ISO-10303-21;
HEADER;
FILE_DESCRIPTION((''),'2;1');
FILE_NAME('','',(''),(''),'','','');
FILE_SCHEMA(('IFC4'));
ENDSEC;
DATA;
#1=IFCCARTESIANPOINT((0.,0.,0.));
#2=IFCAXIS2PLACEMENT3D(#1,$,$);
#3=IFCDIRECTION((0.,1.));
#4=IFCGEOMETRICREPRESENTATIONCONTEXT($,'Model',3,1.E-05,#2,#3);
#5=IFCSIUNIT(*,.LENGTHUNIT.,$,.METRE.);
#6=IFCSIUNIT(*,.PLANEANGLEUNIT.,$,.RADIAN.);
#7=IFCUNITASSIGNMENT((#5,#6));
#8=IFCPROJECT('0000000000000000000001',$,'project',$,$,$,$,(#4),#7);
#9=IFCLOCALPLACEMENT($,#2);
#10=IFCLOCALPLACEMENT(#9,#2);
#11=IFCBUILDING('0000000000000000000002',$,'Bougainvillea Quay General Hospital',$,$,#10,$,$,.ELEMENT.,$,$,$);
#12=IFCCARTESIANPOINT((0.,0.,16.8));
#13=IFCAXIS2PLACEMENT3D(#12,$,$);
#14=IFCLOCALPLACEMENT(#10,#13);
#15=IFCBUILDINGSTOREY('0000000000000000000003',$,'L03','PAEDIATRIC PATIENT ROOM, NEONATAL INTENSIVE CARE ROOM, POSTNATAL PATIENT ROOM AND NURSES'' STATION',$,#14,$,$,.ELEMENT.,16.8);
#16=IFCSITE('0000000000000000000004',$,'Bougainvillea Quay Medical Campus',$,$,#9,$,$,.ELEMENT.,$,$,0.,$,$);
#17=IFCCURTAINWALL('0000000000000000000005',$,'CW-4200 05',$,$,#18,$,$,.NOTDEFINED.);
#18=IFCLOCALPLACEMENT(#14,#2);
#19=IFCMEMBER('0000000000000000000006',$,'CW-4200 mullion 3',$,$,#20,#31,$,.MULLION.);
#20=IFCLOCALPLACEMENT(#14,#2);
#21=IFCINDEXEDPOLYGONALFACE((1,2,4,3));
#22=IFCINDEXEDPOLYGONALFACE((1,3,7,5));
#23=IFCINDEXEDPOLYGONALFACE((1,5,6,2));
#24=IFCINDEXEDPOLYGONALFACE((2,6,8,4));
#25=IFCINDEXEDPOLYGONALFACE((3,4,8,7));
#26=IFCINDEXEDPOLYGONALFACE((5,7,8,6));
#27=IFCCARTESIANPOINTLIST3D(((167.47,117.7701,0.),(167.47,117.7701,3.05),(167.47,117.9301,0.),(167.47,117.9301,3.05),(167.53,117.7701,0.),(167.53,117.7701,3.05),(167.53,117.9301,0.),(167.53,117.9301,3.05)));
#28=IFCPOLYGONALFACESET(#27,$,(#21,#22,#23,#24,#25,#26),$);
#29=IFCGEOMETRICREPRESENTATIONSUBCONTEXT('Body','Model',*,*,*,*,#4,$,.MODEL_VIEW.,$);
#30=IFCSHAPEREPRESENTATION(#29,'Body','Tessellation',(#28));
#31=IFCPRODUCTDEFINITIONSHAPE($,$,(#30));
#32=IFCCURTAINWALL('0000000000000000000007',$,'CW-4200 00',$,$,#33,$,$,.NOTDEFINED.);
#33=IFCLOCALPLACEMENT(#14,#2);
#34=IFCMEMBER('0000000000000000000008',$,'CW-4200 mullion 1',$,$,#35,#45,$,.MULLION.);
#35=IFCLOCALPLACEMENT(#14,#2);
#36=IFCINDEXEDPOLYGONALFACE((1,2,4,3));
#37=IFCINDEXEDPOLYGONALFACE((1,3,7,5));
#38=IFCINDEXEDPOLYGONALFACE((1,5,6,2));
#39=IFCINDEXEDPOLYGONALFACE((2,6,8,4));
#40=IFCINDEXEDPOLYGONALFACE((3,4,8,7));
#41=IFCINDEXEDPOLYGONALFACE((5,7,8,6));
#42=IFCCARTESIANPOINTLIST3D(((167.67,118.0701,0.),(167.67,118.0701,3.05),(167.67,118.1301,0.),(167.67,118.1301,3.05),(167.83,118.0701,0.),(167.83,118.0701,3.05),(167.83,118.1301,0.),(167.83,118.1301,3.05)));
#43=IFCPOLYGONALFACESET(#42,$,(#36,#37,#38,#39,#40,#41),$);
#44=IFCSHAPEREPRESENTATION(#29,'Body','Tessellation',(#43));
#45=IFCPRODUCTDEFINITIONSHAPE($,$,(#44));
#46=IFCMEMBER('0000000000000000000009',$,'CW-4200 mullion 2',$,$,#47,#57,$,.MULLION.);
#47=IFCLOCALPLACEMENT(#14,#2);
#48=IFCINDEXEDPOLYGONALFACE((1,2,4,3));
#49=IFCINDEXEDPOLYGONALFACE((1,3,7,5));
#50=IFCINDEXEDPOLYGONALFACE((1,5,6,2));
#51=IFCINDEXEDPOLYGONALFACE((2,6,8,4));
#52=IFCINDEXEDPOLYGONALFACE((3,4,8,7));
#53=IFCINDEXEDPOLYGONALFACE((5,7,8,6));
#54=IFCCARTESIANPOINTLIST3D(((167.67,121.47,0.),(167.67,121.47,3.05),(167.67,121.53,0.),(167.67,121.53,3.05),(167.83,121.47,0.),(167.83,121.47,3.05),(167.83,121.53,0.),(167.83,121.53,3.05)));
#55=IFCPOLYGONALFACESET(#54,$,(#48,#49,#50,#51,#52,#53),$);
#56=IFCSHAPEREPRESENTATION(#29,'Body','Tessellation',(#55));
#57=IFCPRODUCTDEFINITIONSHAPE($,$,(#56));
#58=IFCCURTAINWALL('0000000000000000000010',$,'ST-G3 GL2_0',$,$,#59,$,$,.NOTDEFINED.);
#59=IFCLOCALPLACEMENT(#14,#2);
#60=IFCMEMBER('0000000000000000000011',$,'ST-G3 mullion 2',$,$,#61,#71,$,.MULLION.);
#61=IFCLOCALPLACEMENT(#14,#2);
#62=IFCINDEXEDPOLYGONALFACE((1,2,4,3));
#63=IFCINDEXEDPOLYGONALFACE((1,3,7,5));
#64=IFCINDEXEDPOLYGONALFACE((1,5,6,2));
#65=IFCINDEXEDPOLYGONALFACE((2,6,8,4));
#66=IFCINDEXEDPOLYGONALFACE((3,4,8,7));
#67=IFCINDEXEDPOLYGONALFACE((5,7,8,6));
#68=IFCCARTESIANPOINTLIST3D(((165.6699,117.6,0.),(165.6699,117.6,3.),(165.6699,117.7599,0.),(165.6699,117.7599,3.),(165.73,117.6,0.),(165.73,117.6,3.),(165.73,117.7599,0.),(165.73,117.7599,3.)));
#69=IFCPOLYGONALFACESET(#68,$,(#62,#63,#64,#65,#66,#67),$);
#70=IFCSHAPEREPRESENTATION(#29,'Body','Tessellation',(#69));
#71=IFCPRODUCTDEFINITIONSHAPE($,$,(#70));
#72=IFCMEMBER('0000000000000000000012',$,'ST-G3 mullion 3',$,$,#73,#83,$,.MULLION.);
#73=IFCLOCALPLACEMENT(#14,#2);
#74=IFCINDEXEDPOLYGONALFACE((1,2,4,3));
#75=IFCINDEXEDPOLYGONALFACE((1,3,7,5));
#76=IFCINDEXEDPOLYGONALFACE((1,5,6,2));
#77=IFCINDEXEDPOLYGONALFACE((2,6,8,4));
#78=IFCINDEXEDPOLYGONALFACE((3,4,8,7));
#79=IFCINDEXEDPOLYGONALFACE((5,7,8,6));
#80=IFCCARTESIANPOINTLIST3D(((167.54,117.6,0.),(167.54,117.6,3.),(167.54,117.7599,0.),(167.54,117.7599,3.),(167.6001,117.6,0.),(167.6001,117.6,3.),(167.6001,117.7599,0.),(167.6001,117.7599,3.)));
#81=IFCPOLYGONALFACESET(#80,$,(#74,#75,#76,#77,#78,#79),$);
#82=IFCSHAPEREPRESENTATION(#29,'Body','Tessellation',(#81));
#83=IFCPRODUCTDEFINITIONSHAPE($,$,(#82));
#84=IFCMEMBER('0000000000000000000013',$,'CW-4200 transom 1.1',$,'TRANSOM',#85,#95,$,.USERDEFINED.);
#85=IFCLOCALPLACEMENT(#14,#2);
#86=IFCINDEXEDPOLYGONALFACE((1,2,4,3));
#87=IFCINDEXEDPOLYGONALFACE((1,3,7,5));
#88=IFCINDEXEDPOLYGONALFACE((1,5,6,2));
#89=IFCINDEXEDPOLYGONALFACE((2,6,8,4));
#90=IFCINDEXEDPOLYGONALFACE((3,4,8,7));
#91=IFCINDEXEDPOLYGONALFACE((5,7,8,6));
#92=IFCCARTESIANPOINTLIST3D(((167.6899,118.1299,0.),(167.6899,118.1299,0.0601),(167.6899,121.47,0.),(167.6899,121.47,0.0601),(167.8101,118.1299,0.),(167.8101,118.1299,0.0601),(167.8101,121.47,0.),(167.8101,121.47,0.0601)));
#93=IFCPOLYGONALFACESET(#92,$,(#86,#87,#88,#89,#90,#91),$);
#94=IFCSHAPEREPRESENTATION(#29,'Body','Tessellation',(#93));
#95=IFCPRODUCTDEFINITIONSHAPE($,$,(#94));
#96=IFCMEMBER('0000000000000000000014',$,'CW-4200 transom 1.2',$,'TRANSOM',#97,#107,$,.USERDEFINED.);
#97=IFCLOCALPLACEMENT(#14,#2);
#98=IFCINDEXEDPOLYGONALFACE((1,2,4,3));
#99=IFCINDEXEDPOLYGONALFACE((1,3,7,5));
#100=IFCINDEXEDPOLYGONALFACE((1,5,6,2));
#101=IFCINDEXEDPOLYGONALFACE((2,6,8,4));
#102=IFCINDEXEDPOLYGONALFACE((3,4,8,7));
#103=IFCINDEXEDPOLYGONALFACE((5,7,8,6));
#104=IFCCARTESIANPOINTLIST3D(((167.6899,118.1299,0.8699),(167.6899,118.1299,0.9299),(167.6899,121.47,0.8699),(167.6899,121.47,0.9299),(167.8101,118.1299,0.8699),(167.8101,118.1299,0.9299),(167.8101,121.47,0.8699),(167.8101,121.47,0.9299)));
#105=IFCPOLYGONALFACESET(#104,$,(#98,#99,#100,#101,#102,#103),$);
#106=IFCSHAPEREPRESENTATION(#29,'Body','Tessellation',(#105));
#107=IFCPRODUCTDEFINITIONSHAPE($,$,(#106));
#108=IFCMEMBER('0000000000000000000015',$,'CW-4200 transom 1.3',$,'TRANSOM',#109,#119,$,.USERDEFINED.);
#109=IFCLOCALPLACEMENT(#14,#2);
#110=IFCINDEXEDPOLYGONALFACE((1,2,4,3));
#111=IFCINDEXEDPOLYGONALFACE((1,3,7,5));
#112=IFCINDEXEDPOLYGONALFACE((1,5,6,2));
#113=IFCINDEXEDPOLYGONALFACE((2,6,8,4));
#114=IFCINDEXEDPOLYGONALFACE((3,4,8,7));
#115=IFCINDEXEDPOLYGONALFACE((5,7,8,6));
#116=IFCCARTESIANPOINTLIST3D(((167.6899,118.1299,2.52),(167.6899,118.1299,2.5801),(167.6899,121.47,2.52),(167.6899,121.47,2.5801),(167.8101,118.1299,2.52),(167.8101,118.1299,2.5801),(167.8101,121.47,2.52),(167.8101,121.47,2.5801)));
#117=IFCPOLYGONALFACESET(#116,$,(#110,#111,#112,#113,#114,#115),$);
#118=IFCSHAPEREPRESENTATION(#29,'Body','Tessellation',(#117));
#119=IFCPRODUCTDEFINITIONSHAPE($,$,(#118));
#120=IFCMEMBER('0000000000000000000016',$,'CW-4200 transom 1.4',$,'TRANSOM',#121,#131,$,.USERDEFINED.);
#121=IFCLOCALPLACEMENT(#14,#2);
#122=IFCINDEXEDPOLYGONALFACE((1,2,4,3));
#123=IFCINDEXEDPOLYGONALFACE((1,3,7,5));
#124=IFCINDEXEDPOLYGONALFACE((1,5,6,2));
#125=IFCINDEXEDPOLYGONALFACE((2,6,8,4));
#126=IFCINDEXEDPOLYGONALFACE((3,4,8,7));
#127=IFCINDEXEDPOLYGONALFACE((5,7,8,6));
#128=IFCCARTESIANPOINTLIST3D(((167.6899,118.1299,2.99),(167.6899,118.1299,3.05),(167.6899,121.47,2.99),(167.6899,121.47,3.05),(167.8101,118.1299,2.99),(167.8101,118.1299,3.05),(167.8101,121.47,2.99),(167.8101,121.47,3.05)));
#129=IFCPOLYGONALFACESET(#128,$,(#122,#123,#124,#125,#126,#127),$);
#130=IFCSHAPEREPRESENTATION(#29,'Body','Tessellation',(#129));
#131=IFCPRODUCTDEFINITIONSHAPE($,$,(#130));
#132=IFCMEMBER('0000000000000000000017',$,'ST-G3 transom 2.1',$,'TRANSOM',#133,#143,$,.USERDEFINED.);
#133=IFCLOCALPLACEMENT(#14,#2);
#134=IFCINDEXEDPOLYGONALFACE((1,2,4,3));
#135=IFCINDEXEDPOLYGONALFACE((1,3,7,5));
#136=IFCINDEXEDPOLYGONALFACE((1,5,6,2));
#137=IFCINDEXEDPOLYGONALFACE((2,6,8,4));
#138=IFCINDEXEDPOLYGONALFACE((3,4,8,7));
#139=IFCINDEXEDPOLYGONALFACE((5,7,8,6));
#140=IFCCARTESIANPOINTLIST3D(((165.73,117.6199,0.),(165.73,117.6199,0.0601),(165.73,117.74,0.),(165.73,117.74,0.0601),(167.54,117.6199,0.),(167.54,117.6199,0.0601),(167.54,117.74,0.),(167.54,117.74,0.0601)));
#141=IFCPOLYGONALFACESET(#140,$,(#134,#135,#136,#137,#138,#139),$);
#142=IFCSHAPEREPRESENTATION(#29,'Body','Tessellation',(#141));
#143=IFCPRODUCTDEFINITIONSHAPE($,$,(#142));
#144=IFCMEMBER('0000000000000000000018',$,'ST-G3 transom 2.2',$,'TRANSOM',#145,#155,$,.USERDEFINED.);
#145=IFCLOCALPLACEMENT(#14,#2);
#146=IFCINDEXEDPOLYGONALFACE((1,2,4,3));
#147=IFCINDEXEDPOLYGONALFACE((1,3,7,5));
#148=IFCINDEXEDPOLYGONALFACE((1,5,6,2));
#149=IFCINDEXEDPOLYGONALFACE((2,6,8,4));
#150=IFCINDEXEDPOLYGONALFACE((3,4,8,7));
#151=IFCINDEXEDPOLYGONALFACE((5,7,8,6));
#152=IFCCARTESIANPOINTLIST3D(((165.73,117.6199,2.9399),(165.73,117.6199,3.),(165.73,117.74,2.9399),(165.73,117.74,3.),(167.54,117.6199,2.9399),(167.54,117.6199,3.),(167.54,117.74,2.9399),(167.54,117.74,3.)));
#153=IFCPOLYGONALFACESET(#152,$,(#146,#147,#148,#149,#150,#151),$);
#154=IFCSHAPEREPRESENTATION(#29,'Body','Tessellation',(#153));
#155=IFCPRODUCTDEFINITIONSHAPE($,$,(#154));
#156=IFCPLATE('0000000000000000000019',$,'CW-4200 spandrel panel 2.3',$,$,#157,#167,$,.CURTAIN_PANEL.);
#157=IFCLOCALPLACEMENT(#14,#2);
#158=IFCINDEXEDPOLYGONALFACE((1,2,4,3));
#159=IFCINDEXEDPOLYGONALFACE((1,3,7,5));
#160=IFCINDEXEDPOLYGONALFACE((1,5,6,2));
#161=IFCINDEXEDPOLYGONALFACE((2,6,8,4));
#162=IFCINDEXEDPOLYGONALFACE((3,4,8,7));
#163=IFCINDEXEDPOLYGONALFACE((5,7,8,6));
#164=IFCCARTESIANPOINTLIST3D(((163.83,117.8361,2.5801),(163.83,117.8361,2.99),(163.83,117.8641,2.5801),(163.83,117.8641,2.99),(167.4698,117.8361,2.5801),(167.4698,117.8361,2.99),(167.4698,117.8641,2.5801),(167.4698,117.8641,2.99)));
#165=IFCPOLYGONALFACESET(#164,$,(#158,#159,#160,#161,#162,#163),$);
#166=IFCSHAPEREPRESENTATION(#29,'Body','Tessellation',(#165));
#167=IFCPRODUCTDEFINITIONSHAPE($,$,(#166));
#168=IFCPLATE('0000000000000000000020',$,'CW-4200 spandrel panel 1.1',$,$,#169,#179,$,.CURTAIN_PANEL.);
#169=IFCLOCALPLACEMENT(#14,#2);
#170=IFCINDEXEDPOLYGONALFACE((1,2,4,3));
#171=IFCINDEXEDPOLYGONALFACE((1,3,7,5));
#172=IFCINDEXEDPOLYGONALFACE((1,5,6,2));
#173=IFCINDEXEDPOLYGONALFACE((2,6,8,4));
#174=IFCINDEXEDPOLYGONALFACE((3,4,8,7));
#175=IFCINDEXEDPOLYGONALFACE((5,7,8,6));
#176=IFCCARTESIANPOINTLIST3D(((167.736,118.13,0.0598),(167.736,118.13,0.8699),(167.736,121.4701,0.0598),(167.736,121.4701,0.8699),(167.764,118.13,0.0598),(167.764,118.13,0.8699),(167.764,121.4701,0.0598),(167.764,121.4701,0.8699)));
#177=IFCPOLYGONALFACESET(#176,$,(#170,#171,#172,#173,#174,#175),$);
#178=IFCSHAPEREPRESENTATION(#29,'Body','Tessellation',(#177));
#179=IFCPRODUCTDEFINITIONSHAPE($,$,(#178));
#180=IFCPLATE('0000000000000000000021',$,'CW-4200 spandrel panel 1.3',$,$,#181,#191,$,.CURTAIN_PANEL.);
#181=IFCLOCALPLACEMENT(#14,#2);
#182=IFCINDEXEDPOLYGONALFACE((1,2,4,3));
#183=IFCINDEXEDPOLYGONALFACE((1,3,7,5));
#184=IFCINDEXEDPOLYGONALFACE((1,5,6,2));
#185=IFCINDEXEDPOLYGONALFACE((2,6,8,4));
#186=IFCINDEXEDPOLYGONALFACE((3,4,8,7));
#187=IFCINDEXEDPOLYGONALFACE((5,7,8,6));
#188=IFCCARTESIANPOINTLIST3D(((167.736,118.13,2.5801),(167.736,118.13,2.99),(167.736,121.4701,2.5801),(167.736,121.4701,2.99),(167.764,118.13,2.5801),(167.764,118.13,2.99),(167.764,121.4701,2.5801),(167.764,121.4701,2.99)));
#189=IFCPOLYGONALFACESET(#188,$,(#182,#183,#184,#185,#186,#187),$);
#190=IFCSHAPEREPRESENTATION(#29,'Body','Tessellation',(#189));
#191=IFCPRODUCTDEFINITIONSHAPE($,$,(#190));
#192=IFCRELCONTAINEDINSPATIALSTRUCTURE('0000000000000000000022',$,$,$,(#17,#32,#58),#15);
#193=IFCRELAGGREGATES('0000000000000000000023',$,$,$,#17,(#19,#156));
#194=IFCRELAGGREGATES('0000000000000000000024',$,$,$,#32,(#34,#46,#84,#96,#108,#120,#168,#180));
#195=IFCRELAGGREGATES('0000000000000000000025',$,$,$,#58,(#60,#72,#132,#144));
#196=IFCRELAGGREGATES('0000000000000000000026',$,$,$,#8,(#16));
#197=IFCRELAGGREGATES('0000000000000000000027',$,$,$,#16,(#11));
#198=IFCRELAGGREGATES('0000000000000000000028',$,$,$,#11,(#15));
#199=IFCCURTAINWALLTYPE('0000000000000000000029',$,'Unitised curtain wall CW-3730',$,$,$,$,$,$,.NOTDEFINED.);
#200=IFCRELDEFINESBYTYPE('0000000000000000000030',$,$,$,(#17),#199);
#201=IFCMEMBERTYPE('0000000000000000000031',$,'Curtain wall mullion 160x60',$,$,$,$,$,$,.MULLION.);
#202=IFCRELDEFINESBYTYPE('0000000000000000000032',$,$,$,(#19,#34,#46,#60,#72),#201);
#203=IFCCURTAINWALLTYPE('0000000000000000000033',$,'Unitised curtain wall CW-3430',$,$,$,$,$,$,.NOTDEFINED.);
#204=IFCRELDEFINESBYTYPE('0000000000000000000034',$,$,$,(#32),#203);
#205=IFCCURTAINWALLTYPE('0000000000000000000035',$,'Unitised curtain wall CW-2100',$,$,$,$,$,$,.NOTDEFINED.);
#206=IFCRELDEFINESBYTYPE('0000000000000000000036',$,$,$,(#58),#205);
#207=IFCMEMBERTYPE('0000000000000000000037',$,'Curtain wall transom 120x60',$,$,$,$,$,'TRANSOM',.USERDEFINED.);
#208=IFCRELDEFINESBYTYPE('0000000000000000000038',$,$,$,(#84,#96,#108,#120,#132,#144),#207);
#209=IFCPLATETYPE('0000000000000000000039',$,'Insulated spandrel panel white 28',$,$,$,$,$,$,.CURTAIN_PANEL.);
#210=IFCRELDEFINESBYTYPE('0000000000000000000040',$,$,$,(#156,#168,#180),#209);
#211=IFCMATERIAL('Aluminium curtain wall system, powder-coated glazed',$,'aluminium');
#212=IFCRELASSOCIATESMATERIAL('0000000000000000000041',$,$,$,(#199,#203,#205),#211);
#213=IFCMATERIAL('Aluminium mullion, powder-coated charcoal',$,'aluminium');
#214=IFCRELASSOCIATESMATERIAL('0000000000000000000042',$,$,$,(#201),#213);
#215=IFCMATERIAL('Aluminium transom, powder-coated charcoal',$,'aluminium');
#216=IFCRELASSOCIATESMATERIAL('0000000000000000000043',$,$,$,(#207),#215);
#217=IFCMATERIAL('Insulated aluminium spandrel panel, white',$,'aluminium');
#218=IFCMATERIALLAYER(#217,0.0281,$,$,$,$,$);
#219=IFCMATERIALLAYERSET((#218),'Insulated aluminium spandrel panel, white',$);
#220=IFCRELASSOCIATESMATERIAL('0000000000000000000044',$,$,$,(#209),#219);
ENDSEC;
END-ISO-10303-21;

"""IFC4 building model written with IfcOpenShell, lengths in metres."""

from ifc_helpers import new_model, si_unit, direction, frame, origin, origin_2d, place, context, subcontext, project, spatial, rectangle, extrude, material, layer, layer_set, material_profile, profile_set, type_object, element, aggregate, save


model = new_model("IFC4")

# Units and contexts
model_context = context("Model", 3, precision=1e-05, world=origin(), true_north=direction((0.0, 1.0)))
body_context = subcontext(model_context, "Body", "Model", "MODEL_VIEW")
ifc_project = project(units=[si_unit("LENGTHUNIT", "METRE"), si_unit("PLANEANGLEUNIT", "RADIAN")], contexts=[model_context])

# Site, building, storey
site_placement = place(None, origin())
site = spatial("IfcSite", under=ifc_project, at=site_placement, Name="Bougainvillea Quay Medical Campus", CompositionType="ELEMENT", RefElevation=0.0)
building_placement = place(site_placement, origin())
building = spatial("IfcBuilding", under=site, at=building_placement, Name="Bougainvillea Quay General Hospital", CompositionType="ELEMENT")
storey_placement = place(building_placement, frame((0.0, 0.0, 16.8)))
storey = spatial("IfcBuildingStorey", under=building, at=storey_placement, Name="L03", Description="PAEDIATRIC PATIENT ROOM, NEONATAL INTENSIVE CARE ROOM, POSTNATAL PATIENT ROOM AND NURSES' STATION", CompositionType="ELEMENT", Elevation=16.8)

# Curtain wall, member
ifc_material_1 = material(Name="Aluminium curtain wall system, powder-coated glazed", Category="aluminium")
curtain_wall_type_1 = type_object("IfcCurtainWallType", Name="Unitised curtain wall CW-3730", PredefinedType="NOTDEFINED", material=ifc_material_1)
curtain_wall_1_placement = place(storey_placement, origin())
curtain_wall_1 = element("IfcCurtainWall", 1, at=curtain_wall_1_placement, inside=storey, type_object=curtain_wall_type_1, Name="CW-4200 05", PredefinedType="NOTDEFINED")
ifc_material_2 = material(Name="Aluminium mullion, powder-coated charcoal", Category="aluminium")
ifc_material_profile_1 = material_profile(ifc_material_2, rectangle(XDim=0.1599, YDim=0.0601, at=origin_2d()))
ifc_profile_set_1 = profile_set([ifc_material_profile_1], Name="Aluminium mullion, powder-coated charcoal")
member_type_1 = type_object("IfcMemberType", Name="Curtain wall mullion 160x60", PredefinedType="MULLION", material=ifc_profile_set_1)
member_1_placement = place(storey_placement, frame((167.5, 117.8501, 0.0), z_axis=(0.0, 0.0, 1.0), x_axis=(0.0, 1.0, 0.0)))
member_1 = element("IfcMember", 2, at=member_1_placement, type_object=member_type_1, Name="CW-4200 mullion 3", PredefinedType="MULLION", context=body_context, shape_type="SweptSolid", body=[
    extrude(rectangle(XDim=0.1599, YDim=0.0601, at=origin_2d()), origin(), (0.0, 0.0, 1.0), 3.05),
])

# Curtain walls, members
curtain_wall_type_2 = type_object("IfcCurtainWallType", Name="Unitised curtain wall CW-3430", PredefinedType="NOTDEFINED", material=ifc_material_1)
curtain_wall_2_placement = place(storey_placement, origin())
curtain_wall_2 = element("IfcCurtainWall", 3, at=curtain_wall_2_placement, inside=storey, type_object=curtain_wall_type_2, Name="CW-4200 00", PredefinedType="NOTDEFINED")
member_2_placement = place(storey_placement, frame((167.75, 118.1001, 0.0), z_axis=(0.0, 0.0, 1.0), x_axis=(-1.0, 0.0, 0.0)))
member_2 = element("IfcMember", 4, at=member_2_placement, type_object=member_type_1, Name="CW-4200 mullion 1", PredefinedType="MULLION", context=body_context, shape_type="SweptSolid", body=[
    extrude(rectangle(XDim=0.1599, YDim=0.0601, at=origin_2d()), origin(), (0.0, 0.0, 1.0), 3.05),
])
member_3_placement = place(storey_placement, frame((167.75, 121.5, 0.0), z_axis=(0.0, 0.0, 1.0), x_axis=(-1.0, 0.0, 0.0)))
member_3 = element("IfcMember", 5, at=member_3_placement, type_object=member_type_1, Name="CW-4200 mullion 2", PredefinedType="MULLION", context=body_context, shape_type="SweptSolid", body=[
    extrude(rectangle(XDim=0.1599, YDim=0.0601, at=origin_2d()), origin(), (0.0, 0.0, 1.0), 3.05),
])
curtain_wall_type_3 = type_object("IfcCurtainWallType", Name="Unitised curtain wall CW-2100", PredefinedType="NOTDEFINED", material=ifc_material_1)
curtain_wall_3_placement = place(storey_placement, origin())
curtain_wall_3 = element("IfcCurtainWall", 6, at=curtain_wall_3_placement, inside=storey, type_object=curtain_wall_type_3, Name="ST-G3 GL2_0", PredefinedType="NOTDEFINED")
member_4_placement = place(storey_placement, frame((165.7, 117.6799, 0.0), z_axis=(0.0, 0.0, 1.0), x_axis=(0.0, 1.0, 0.0)))
member_4 = element("IfcMember", 7, at=member_4_placement, type_object=member_type_1, Name="ST-G3 mullion 2", PredefinedType="MULLION", context=body_context, shape_type="SweptSolid", body=[
    extrude(rectangle(XDim=0.1599, YDim=0.0601, at=origin_2d()), origin(), (0.0, 0.0, 1.0), 3.0),
])
member_5_placement = place(storey_placement, frame((167.5701, 117.6799, 0.0), z_axis=(0.0, 0.0, 1.0), x_axis=(0.0, 1.0, 0.0)))
member_5 = element("IfcMember", 8, at=member_5_placement, type_object=member_type_1, Name="ST-G3 mullion 3", PredefinedType="MULLION", context=body_context, shape_type="SweptSolid", body=[
    extrude(rectangle(XDim=0.1599, YDim=0.0601, at=origin_2d()), origin(), (0.0, 0.0, 1.0), 3.0),
])

# Members
ifc_material_3 = material(Name="Aluminium transom, powder-coated charcoal", Category="aluminium")
ifc_material_profile_2 = material_profile(ifc_material_3, rectangle(XDim=0.1201, YDim=0.0601, at=origin_2d()))
ifc_profile_set_2 = profile_set([ifc_material_profile_2], Name="Aluminium transom, powder-coated charcoal")
member_type_2 = type_object("IfcMemberType", Name="Curtain wall transom 120x60", ElementType="TRANSOM", PredefinedType="USERDEFINED", material=ifc_profile_set_2)
member_6_placement = place(storey_placement, frame((167.75, 118.1299, 0.03), z_axis=(0.0, 1.0, 0.0), x_axis=(-1.0, 0.0, 0.0)))
member_6 = element("IfcMember", 9, at=member_6_placement, type_object=member_type_2, Name="CW-4200 transom 1.1", ObjectType="TRANSOM", PredefinedType="USERDEFINED", context=body_context, shape_type="SweptSolid", body=[
    extrude(rectangle(XDim=0.1201, YDim=0.0601, at=origin_2d()), origin(), (0.0, 0.0, 1.0), 3.3401),
])
member_7_placement = place(storey_placement, frame((167.75, 118.1299, 0.8999), z_axis=(0.0, 1.0, 0.0), x_axis=(-1.0, 0.0, 0.0)))
member_7 = element("IfcMember", 10, at=member_7_placement, type_object=member_type_2, Name="CW-4200 transom 1.2", ObjectType="TRANSOM", PredefinedType="USERDEFINED", context=body_context, shape_type="SweptSolid", body=[
    extrude(rectangle(XDim=0.1201, YDim=0.0601, at=origin_2d()), origin(), (0.0, 0.0, 1.0), 3.3401),
])
member_8_placement = place(storey_placement, frame((167.75, 118.1299, 2.55), z_axis=(0.0, 1.0, 0.0), x_axis=(-1.0, 0.0, 0.0)))
member_8 = element("IfcMember", 11, at=member_8_placement, type_object=member_type_2, Name="CW-4200 transom 1.3", ObjectType="TRANSOM", PredefinedType="USERDEFINED", context=body_context, shape_type="SweptSolid", body=[
    extrude(rectangle(XDim=0.1201, YDim=0.0601, at=origin_2d()), origin(), (0.0, 0.0, 1.0), 3.3401),
])
member_9_placement = place(storey_placement, frame((167.75, 118.1299, 3.02), z_axis=(0.0, 1.0, 0.0), x_axis=(-1.0, 0.0, 0.0)))
member_9 = element("IfcMember", 12, at=member_9_placement, type_object=member_type_2, Name="CW-4200 transom 1.4", ObjectType="TRANSOM", PredefinedType="USERDEFINED", context=body_context, shape_type="SweptSolid", body=[
    extrude(rectangle(XDim=0.1201, YDim=0.0601, at=origin_2d()), origin(), (0.0, 0.0, 1.0), 3.3401),
])
member_10_placement = place(storey_placement, frame((165.73, 117.6799, 0.03), z_axis=(1.0, 0.0, 0.0), x_axis=(0.0, 1.0, 0.0)))
member_10 = element("IfcMember", 13, at=member_10_placement, type_object=member_type_2, Name="ST-G3 transom 2.1", ObjectType="TRANSOM", PredefinedType="USERDEFINED", context=body_context, shape_type="SweptSolid", body=[
    extrude(rectangle(XDim=0.1201, YDim=0.0601, at=origin_2d()), origin(), (0.0, 0.0, 1.0), 1.8101),
])
member_11_placement = place(storey_placement, frame((165.73, 117.6799, 2.97), z_axis=(1.0, 0.0, 0.0), x_axis=(0.0, 1.0, 0.0)))
member_11 = element("IfcMember", 14, at=member_11_placement, type_object=member_type_2, Name="ST-G3 transom 2.2", ObjectType="TRANSOM", PredefinedType="USERDEFINED", context=body_context, shape_type="SweptSolid", body=[
    extrude(rectangle(XDim=0.1201, YDim=0.0601, at=origin_2d()), origin(), (0.0, 0.0, 1.0), 1.8101),
])

# Plates
ifc_material_4 = material(Name="Insulated aluminium spandrel panel, white", Category="aluminium")
ifc_layer_1 = layer(ifc_material_4, 0.0281)
ifc_layer_set_1 = layer_set([ifc_layer_1], Name="Insulated aluminium spandrel panel, white")
plate_type_1 = type_object("IfcPlateType", Name="Insulated spandrel panel white 28", PredefinedType="CURTAIN_PANEL", material=ifc_layer_set_1)
plate_1_placement = place(storey_placement, frame((165.6499, 117.8501, 2.5801), z_axis=(0.0, 0.0, 1.0), x_axis=(1.0, 0.0, 0.0)))
plate_1 = element("IfcPlate", 15, at=plate_1_placement, type_object=plate_type_1, Name="CW-4200 spandrel panel 2.3", PredefinedType="CURTAIN_PANEL", context=body_context, shape_type="SweptSolid", body=[
    extrude(rectangle(XDim=3.6399, YDim=0.0281, at=origin_2d()), origin(), (0.0, 0.0, 1.0), 0.4099),
])
aggregate(curtain_wall_1, [member_1, plate_1])
plate_2_placement = place(storey_placement, frame((167.75, 119.8, 0.0598), z_axis=(0.0, 0.0, 1.0), x_axis=(0.0, 1.0, 0.0)))
plate_2 = element("IfcPlate", 16, at=plate_2_placement, type_object=plate_type_1, Name="CW-4200 spandrel panel 1.1", PredefinedType="CURTAIN_PANEL", context=body_context, shape_type="SweptSolid", body=[
    extrude(rectangle(XDim=3.3401, YDim=0.0281, at=origin_2d()), origin(), (0.0, 0.0, 1.0), 0.8101),
])
plate_3_placement = place(storey_placement, frame((167.75, 119.8, 2.5801), z_axis=(0.0, 0.0, 1.0), x_axis=(0.0, 1.0, 0.0)))
plate_3 = element("IfcPlate", 17, at=plate_3_placement, type_object=plate_type_1, Name="CW-4200 spandrel panel 1.3", PredefinedType="CURTAIN_PANEL", context=body_context, shape_type="SweptSolid", body=[
    extrude(rectangle(XDim=3.3401, YDim=0.0281, at=origin_2d()), origin(), (0.0, 0.0, 1.0), 0.4099),
])
aggregate(curtain_wall_2, [member_2, member_3, member_6, member_7, member_8, member_9, plate_2, plate_3])
aggregate(curtain_wall_3, [member_4, member_5, member_10, member_11])

save(model, "model.ifc")
